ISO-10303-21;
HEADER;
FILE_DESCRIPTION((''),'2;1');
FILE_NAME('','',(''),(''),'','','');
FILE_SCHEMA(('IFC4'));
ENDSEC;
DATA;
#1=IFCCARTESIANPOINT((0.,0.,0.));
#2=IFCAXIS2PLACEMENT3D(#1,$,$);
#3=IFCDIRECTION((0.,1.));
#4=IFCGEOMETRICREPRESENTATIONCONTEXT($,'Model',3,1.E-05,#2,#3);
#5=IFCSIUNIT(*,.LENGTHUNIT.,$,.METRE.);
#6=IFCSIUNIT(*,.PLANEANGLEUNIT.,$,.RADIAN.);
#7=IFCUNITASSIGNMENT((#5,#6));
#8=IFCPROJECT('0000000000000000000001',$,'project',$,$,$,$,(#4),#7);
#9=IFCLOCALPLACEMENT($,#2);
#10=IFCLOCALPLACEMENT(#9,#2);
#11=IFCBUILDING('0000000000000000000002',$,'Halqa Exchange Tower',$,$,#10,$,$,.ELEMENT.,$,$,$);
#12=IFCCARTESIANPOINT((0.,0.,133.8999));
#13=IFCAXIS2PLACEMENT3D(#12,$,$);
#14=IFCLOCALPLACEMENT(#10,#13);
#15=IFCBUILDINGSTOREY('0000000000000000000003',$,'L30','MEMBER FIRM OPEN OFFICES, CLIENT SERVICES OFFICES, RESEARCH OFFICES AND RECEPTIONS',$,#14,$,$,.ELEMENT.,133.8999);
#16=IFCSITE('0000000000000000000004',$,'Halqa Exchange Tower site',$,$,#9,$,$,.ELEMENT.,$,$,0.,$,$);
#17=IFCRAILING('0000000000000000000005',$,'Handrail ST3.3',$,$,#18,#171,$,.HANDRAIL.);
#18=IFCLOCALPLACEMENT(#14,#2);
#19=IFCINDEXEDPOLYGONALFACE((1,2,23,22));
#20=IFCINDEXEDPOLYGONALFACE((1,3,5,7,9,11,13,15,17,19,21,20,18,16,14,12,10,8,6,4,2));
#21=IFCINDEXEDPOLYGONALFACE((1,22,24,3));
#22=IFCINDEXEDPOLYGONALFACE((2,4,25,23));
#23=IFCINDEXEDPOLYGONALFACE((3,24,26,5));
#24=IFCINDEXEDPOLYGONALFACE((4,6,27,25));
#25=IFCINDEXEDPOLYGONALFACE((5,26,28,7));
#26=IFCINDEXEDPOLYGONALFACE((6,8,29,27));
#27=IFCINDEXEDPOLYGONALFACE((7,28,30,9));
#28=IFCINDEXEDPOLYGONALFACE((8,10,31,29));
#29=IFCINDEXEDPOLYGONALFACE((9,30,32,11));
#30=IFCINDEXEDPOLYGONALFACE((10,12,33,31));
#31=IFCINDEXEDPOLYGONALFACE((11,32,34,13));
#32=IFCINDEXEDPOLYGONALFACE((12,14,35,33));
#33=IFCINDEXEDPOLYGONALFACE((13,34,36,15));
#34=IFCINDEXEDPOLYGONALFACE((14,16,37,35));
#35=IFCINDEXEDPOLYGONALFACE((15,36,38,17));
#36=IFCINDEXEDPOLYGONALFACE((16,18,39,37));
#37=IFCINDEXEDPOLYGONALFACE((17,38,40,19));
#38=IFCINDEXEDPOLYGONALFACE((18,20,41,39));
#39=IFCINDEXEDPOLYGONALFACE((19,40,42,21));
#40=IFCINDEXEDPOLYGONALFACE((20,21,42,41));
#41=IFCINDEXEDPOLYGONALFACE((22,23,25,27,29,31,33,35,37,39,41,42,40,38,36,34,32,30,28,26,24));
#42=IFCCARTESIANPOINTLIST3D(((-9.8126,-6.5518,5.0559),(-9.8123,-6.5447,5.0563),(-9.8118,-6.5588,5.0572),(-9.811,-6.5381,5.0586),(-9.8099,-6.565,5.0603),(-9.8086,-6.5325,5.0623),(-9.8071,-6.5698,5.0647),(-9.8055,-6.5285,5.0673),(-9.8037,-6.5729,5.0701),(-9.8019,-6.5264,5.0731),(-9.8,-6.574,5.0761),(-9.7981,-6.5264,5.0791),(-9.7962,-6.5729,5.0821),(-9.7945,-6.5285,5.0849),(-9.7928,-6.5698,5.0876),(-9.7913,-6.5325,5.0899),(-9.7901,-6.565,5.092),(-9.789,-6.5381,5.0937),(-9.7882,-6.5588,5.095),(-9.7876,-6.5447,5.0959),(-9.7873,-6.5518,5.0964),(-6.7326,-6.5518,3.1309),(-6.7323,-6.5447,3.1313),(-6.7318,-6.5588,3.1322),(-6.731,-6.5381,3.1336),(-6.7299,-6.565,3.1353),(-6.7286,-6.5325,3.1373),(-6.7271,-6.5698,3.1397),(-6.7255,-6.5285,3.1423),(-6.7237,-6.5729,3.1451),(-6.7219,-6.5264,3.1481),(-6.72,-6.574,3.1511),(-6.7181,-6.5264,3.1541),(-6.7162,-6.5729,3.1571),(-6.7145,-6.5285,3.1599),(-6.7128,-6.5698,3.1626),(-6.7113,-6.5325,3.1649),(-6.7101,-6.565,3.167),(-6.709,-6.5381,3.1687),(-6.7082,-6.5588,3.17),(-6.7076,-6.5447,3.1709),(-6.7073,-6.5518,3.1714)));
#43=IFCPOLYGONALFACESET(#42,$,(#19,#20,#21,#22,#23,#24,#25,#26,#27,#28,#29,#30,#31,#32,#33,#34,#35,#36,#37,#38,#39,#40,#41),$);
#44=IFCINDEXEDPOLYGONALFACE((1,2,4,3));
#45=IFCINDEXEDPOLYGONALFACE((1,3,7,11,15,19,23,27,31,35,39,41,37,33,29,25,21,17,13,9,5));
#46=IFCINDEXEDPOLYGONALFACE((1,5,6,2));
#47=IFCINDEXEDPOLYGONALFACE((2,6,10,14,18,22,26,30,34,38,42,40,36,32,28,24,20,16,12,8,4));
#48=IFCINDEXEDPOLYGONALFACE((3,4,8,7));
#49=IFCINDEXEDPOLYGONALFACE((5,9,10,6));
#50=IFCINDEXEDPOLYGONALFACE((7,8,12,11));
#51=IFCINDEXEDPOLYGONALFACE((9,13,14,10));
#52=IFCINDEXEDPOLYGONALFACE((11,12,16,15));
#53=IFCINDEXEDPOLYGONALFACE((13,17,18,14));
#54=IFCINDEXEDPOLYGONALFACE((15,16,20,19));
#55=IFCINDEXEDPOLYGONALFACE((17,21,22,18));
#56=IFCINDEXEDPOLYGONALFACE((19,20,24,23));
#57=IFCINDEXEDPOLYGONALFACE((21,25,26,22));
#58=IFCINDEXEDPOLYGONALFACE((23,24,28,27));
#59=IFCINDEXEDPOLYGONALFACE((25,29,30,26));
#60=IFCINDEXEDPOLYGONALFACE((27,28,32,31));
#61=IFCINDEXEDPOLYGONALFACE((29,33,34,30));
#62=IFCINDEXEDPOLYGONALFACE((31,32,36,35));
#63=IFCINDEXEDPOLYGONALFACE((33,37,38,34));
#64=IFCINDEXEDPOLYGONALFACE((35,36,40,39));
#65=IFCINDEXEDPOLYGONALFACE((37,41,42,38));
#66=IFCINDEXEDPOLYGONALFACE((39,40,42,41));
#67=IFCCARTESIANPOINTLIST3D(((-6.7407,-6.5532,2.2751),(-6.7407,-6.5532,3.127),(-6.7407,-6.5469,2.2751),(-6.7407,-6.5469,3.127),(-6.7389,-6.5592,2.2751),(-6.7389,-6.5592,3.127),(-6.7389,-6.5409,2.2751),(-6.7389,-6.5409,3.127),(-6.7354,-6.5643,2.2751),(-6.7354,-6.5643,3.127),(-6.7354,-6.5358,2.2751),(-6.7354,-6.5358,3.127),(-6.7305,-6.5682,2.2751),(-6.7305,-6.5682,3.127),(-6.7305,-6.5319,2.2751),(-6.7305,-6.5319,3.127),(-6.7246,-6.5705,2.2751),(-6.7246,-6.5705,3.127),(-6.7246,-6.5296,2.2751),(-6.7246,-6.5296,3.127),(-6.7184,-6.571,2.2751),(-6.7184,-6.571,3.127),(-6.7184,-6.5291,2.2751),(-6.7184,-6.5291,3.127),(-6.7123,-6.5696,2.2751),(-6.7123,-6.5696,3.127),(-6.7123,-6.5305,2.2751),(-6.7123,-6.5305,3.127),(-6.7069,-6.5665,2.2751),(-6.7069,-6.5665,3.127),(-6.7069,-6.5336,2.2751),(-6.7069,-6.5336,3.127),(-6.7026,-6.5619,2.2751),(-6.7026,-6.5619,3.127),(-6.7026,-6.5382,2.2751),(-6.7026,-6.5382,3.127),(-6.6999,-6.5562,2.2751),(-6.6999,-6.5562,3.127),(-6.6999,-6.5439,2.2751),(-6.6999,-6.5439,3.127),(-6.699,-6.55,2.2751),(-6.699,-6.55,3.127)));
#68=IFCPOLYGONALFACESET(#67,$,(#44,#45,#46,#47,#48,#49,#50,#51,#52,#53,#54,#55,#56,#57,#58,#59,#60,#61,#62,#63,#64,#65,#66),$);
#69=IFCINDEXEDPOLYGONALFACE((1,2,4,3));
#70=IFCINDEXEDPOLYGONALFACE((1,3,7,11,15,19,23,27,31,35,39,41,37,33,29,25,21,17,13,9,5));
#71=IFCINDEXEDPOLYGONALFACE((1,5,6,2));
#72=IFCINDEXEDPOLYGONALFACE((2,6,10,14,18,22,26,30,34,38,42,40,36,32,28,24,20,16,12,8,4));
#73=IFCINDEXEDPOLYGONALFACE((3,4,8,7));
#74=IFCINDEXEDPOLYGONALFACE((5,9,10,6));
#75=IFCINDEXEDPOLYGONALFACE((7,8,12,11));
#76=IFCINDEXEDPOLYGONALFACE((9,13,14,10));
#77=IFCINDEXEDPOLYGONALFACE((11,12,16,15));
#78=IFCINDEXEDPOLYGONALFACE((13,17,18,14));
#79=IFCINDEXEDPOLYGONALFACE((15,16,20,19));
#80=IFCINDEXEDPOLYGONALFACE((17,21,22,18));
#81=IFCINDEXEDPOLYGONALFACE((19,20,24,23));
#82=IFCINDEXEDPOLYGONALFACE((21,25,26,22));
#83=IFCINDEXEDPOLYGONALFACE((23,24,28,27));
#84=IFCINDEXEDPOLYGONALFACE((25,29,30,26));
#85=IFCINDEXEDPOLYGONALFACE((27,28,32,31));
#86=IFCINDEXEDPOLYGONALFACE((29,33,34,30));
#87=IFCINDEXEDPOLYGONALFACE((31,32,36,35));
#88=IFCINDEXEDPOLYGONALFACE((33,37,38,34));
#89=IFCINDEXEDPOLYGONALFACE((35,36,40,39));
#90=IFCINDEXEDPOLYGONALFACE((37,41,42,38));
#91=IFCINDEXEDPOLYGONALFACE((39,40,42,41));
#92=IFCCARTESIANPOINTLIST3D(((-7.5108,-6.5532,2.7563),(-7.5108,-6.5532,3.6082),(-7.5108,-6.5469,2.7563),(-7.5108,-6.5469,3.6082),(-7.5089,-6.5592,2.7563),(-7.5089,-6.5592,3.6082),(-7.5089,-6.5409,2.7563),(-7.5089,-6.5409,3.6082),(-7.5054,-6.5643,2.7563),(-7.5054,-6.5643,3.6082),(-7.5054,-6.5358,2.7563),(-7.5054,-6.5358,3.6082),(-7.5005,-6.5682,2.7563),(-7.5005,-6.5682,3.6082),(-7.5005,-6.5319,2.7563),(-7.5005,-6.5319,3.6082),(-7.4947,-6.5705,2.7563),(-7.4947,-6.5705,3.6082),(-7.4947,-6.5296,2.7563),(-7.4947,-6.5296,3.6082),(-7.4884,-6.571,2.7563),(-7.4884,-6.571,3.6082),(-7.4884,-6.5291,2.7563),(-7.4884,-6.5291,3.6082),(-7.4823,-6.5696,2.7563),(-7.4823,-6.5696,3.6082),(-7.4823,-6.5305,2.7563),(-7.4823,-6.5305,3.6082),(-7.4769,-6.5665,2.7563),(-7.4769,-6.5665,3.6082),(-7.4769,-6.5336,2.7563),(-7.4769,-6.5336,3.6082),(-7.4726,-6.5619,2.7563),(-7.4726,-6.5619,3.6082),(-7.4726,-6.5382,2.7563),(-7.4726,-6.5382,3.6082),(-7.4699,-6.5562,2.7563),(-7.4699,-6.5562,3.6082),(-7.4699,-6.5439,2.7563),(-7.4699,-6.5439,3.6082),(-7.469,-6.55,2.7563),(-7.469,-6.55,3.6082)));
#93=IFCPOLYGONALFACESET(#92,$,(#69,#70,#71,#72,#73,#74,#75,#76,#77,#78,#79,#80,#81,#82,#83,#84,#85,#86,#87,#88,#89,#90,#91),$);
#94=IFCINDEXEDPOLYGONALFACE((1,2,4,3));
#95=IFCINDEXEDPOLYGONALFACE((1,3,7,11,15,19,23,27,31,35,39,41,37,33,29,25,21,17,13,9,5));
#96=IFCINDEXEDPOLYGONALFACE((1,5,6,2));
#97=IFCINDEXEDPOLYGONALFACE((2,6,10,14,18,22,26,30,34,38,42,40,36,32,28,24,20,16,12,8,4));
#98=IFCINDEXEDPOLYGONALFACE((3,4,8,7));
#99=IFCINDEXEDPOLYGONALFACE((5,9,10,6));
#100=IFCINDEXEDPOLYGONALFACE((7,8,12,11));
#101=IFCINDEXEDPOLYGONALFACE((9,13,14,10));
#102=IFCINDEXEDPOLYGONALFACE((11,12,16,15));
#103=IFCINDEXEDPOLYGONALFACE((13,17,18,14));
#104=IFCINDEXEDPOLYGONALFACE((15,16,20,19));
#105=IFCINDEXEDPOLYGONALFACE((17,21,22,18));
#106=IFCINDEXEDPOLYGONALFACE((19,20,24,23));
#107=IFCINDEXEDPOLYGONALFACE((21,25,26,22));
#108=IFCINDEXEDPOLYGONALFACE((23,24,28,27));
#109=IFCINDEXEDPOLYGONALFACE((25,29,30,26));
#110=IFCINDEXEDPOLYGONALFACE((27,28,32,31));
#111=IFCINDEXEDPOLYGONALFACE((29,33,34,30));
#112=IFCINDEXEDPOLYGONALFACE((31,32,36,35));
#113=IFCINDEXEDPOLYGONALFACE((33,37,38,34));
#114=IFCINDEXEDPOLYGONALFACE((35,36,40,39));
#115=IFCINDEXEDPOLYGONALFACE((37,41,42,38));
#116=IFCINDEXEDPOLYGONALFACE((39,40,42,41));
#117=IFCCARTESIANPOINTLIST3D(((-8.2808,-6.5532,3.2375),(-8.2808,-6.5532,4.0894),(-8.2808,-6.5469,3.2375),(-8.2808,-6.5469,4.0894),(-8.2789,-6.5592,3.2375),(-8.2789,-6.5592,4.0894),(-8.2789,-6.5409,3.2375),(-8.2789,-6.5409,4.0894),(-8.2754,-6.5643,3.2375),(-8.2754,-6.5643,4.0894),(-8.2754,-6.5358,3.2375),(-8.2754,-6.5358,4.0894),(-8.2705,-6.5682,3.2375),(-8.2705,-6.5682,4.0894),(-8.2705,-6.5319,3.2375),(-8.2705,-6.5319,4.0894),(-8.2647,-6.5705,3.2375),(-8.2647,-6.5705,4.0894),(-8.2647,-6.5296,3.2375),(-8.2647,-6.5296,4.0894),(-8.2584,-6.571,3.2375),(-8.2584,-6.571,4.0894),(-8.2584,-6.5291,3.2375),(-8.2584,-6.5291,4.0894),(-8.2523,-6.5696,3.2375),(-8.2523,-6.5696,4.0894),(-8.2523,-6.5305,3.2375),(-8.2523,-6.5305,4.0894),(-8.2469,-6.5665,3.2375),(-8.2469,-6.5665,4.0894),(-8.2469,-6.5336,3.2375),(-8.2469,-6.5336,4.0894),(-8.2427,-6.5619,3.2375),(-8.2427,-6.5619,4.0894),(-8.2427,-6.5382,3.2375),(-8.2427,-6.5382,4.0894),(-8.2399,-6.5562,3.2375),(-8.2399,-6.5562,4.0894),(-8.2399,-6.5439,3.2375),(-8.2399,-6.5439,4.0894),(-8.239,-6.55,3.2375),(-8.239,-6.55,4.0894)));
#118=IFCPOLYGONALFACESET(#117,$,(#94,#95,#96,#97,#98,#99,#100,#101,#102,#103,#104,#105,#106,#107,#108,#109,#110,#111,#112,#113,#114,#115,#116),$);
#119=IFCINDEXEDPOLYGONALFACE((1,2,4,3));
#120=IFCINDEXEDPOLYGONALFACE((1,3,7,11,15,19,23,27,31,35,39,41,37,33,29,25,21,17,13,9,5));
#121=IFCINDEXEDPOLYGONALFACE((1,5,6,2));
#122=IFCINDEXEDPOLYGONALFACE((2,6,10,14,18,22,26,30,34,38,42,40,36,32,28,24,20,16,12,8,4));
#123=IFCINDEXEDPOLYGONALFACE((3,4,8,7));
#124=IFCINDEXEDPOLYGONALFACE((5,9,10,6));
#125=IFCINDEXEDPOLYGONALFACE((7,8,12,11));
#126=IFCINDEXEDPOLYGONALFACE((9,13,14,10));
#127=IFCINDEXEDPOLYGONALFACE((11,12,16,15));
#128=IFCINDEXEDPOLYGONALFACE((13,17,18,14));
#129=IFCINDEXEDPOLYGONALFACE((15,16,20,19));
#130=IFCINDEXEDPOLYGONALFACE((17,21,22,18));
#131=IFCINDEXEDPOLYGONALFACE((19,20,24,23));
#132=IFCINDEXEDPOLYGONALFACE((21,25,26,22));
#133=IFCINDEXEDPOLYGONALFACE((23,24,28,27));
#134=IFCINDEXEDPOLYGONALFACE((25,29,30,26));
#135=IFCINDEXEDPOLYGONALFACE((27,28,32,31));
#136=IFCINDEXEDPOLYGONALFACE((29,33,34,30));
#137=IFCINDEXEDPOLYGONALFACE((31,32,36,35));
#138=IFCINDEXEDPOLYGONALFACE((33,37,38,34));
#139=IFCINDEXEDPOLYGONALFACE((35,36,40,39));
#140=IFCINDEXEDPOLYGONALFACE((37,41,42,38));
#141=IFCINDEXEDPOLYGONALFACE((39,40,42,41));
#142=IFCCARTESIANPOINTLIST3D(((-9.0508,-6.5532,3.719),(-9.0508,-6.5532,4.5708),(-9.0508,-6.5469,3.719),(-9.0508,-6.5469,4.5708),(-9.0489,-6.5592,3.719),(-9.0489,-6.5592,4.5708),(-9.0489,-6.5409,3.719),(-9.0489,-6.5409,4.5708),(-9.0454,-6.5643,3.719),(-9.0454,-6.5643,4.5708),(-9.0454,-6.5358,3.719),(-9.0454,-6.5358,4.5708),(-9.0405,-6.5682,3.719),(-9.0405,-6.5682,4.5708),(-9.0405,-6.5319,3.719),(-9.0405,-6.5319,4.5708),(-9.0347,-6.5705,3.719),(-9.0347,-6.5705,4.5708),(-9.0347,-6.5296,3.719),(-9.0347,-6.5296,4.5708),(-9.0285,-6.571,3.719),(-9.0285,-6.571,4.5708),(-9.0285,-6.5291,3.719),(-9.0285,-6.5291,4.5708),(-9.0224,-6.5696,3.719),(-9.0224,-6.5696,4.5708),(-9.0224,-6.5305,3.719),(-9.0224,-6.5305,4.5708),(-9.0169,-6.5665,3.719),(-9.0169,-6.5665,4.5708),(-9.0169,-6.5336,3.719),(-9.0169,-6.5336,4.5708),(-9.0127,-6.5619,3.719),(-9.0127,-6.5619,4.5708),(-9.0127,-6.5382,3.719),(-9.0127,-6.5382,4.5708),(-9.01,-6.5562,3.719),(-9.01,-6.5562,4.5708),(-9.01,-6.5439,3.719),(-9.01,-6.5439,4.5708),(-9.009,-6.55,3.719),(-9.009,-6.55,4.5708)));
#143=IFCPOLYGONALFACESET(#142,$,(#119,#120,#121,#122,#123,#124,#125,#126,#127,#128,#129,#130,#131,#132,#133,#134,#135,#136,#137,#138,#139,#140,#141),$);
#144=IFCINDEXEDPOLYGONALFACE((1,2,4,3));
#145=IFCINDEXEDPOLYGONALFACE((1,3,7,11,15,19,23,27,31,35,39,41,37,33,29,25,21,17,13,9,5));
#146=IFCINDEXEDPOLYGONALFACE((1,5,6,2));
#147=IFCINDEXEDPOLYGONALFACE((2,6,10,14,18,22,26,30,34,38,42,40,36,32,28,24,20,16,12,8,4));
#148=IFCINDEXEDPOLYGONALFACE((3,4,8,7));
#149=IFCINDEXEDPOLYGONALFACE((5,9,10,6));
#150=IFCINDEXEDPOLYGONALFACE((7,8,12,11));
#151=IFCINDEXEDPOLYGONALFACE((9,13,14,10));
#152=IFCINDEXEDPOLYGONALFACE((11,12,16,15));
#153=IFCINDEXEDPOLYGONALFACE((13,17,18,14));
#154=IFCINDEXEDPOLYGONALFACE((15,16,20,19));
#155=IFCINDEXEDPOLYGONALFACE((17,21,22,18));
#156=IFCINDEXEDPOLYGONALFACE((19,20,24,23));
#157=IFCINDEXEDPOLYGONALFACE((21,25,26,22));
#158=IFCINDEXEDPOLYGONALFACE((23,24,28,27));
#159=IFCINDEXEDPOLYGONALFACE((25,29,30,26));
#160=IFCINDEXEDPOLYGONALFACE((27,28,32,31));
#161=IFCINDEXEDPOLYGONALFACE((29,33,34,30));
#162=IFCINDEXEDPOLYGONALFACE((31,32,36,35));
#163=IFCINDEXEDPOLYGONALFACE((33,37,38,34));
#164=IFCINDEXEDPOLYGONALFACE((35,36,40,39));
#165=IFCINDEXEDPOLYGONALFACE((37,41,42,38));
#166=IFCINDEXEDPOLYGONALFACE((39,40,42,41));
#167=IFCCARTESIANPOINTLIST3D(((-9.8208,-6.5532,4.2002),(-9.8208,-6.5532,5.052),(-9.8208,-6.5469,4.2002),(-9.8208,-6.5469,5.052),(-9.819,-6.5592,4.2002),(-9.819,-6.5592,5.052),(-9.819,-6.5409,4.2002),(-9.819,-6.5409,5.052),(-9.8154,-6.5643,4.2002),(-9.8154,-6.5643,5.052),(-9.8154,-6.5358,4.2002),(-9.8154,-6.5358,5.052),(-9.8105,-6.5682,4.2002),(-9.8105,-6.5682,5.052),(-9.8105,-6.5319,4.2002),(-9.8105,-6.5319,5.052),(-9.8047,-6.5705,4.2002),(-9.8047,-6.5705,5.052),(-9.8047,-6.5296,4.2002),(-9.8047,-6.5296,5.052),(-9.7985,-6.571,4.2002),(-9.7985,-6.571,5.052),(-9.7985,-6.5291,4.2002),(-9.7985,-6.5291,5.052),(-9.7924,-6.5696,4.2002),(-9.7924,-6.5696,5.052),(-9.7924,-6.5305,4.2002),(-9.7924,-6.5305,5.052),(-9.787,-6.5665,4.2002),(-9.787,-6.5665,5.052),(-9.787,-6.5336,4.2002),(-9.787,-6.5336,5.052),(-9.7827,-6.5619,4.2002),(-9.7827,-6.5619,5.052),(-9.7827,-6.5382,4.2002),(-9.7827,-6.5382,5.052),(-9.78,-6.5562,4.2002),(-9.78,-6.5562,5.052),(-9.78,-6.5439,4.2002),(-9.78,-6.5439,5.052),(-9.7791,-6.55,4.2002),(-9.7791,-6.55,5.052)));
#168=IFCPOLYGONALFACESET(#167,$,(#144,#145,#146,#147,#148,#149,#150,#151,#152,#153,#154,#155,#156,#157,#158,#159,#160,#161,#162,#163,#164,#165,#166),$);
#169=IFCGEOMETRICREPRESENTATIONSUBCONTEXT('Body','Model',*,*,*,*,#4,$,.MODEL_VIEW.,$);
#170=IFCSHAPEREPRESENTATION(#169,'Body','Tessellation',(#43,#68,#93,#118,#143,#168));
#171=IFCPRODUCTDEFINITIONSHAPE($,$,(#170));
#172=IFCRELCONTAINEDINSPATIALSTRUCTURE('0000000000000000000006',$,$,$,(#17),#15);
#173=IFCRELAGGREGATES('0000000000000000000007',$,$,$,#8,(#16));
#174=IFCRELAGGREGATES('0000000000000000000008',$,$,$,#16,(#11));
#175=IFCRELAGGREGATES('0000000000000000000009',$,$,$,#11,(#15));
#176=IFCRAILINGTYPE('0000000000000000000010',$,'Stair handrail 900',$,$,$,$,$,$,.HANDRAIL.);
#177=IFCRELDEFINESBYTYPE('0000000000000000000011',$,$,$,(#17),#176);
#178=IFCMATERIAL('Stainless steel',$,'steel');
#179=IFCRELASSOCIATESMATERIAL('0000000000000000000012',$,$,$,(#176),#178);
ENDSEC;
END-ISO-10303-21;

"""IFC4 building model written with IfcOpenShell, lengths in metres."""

from ifc_helpers import new_model, si_unit, direction, frame, origin, origin_2d, place, context, subcontext, project, spatial, circle, extrude, material, type_object, element, save


model = new_model("IFC4")

# Units and contexts
model_context = context("Model", 3, precision=1e-05, world=origin(), true_north=direction((0.0, 1.0)))
body_context = subcontext(model_context, "Body", "Model", "MODEL_VIEW")
ifc_project = project(units=[si_unit("LENGTHUNIT", "METRE"), si_unit("PLANEANGLEUNIT", "RADIAN")], contexts=[model_context])

# Site, building, storey
site_placement = place(None, origin())
site = spatial("IfcSite", under=ifc_project, at=site_placement, Name="Halqa Exchange Tower site", CompositionType="ELEMENT", RefElevation=0.0)
building_placement = place(site_placement, origin())
building = spatial("IfcBuilding", under=site, at=building_placement, Name="Halqa Exchange Tower", CompositionType="ELEMENT")
storey_placement = place(building_placement, frame((0.0, 0.0, 133.8999)))
storey = spatial("IfcBuildingStorey", under=building, at=storey_placement, Name="L30", Description="MEMBER FIRM OPEN OFFICES, CLIENT SERVICES OFFICES, RESEARCH OFFICES AND RECEPTIONS", CompositionType="ELEMENT", Elevation=133.8999)

# Shared definitions
ifc_material_1 = material(Name="Stainless steel", Category="steel")

# Railing
railing_type_1 = type_object("IfcRailingType", Name="Stair handrail 900", PredefinedType="HANDRAIL", material=ifc_material_1)
railing_1_placement = place(storey_placement, frame((-6.72, -6.55, 2.2751)))
element("IfcRailing", 1, at=railing_1_placement, inside=storey, type_object=railing_type_1, Name="Handrail ST3.3", PredefinedType="HANDRAIL", context=body_context, shape_type="SweptSolid", body=[
    extrude(circle(Radius=0.0239, at=origin_2d()), frame((0.0, 0.0, 0.876), z_axis=(-0.847998, 0.0, 0.529999), x_axis=(0.0, -1.0, 0.0)), (0.0, 0.0, 1.0), 3.6321),
    extrude(circle(Radius=0.021, at=origin_2d()), origin(), (0.0, 0.0, 1.0), 0.8518),
    extrude(circle(Radius=0.021, at=origin_2d()), frame((-0.77, 0.0, 0.4812)), (0.0, 0.0, 1.0), 0.8518),
    extrude(circle(Radius=0.021, at=origin_2d()), frame((-1.54, 0.0, 0.9624)), (0.0, 0.0, 1.0), 0.8518),
    extrude(circle(Radius=0.021, at=origin_2d()), frame((-2.3101, 0.0, 1.4438)), (0.0, 0.0, 1.0), 0.8518),
    extrude(circle(Radius=0.021, at=origin_2d()), frame((-3.0801, 0.0, 1.925)), (0.0, 0.0, 1.0), 0.8518),
])

save(model, "model.ifc")
